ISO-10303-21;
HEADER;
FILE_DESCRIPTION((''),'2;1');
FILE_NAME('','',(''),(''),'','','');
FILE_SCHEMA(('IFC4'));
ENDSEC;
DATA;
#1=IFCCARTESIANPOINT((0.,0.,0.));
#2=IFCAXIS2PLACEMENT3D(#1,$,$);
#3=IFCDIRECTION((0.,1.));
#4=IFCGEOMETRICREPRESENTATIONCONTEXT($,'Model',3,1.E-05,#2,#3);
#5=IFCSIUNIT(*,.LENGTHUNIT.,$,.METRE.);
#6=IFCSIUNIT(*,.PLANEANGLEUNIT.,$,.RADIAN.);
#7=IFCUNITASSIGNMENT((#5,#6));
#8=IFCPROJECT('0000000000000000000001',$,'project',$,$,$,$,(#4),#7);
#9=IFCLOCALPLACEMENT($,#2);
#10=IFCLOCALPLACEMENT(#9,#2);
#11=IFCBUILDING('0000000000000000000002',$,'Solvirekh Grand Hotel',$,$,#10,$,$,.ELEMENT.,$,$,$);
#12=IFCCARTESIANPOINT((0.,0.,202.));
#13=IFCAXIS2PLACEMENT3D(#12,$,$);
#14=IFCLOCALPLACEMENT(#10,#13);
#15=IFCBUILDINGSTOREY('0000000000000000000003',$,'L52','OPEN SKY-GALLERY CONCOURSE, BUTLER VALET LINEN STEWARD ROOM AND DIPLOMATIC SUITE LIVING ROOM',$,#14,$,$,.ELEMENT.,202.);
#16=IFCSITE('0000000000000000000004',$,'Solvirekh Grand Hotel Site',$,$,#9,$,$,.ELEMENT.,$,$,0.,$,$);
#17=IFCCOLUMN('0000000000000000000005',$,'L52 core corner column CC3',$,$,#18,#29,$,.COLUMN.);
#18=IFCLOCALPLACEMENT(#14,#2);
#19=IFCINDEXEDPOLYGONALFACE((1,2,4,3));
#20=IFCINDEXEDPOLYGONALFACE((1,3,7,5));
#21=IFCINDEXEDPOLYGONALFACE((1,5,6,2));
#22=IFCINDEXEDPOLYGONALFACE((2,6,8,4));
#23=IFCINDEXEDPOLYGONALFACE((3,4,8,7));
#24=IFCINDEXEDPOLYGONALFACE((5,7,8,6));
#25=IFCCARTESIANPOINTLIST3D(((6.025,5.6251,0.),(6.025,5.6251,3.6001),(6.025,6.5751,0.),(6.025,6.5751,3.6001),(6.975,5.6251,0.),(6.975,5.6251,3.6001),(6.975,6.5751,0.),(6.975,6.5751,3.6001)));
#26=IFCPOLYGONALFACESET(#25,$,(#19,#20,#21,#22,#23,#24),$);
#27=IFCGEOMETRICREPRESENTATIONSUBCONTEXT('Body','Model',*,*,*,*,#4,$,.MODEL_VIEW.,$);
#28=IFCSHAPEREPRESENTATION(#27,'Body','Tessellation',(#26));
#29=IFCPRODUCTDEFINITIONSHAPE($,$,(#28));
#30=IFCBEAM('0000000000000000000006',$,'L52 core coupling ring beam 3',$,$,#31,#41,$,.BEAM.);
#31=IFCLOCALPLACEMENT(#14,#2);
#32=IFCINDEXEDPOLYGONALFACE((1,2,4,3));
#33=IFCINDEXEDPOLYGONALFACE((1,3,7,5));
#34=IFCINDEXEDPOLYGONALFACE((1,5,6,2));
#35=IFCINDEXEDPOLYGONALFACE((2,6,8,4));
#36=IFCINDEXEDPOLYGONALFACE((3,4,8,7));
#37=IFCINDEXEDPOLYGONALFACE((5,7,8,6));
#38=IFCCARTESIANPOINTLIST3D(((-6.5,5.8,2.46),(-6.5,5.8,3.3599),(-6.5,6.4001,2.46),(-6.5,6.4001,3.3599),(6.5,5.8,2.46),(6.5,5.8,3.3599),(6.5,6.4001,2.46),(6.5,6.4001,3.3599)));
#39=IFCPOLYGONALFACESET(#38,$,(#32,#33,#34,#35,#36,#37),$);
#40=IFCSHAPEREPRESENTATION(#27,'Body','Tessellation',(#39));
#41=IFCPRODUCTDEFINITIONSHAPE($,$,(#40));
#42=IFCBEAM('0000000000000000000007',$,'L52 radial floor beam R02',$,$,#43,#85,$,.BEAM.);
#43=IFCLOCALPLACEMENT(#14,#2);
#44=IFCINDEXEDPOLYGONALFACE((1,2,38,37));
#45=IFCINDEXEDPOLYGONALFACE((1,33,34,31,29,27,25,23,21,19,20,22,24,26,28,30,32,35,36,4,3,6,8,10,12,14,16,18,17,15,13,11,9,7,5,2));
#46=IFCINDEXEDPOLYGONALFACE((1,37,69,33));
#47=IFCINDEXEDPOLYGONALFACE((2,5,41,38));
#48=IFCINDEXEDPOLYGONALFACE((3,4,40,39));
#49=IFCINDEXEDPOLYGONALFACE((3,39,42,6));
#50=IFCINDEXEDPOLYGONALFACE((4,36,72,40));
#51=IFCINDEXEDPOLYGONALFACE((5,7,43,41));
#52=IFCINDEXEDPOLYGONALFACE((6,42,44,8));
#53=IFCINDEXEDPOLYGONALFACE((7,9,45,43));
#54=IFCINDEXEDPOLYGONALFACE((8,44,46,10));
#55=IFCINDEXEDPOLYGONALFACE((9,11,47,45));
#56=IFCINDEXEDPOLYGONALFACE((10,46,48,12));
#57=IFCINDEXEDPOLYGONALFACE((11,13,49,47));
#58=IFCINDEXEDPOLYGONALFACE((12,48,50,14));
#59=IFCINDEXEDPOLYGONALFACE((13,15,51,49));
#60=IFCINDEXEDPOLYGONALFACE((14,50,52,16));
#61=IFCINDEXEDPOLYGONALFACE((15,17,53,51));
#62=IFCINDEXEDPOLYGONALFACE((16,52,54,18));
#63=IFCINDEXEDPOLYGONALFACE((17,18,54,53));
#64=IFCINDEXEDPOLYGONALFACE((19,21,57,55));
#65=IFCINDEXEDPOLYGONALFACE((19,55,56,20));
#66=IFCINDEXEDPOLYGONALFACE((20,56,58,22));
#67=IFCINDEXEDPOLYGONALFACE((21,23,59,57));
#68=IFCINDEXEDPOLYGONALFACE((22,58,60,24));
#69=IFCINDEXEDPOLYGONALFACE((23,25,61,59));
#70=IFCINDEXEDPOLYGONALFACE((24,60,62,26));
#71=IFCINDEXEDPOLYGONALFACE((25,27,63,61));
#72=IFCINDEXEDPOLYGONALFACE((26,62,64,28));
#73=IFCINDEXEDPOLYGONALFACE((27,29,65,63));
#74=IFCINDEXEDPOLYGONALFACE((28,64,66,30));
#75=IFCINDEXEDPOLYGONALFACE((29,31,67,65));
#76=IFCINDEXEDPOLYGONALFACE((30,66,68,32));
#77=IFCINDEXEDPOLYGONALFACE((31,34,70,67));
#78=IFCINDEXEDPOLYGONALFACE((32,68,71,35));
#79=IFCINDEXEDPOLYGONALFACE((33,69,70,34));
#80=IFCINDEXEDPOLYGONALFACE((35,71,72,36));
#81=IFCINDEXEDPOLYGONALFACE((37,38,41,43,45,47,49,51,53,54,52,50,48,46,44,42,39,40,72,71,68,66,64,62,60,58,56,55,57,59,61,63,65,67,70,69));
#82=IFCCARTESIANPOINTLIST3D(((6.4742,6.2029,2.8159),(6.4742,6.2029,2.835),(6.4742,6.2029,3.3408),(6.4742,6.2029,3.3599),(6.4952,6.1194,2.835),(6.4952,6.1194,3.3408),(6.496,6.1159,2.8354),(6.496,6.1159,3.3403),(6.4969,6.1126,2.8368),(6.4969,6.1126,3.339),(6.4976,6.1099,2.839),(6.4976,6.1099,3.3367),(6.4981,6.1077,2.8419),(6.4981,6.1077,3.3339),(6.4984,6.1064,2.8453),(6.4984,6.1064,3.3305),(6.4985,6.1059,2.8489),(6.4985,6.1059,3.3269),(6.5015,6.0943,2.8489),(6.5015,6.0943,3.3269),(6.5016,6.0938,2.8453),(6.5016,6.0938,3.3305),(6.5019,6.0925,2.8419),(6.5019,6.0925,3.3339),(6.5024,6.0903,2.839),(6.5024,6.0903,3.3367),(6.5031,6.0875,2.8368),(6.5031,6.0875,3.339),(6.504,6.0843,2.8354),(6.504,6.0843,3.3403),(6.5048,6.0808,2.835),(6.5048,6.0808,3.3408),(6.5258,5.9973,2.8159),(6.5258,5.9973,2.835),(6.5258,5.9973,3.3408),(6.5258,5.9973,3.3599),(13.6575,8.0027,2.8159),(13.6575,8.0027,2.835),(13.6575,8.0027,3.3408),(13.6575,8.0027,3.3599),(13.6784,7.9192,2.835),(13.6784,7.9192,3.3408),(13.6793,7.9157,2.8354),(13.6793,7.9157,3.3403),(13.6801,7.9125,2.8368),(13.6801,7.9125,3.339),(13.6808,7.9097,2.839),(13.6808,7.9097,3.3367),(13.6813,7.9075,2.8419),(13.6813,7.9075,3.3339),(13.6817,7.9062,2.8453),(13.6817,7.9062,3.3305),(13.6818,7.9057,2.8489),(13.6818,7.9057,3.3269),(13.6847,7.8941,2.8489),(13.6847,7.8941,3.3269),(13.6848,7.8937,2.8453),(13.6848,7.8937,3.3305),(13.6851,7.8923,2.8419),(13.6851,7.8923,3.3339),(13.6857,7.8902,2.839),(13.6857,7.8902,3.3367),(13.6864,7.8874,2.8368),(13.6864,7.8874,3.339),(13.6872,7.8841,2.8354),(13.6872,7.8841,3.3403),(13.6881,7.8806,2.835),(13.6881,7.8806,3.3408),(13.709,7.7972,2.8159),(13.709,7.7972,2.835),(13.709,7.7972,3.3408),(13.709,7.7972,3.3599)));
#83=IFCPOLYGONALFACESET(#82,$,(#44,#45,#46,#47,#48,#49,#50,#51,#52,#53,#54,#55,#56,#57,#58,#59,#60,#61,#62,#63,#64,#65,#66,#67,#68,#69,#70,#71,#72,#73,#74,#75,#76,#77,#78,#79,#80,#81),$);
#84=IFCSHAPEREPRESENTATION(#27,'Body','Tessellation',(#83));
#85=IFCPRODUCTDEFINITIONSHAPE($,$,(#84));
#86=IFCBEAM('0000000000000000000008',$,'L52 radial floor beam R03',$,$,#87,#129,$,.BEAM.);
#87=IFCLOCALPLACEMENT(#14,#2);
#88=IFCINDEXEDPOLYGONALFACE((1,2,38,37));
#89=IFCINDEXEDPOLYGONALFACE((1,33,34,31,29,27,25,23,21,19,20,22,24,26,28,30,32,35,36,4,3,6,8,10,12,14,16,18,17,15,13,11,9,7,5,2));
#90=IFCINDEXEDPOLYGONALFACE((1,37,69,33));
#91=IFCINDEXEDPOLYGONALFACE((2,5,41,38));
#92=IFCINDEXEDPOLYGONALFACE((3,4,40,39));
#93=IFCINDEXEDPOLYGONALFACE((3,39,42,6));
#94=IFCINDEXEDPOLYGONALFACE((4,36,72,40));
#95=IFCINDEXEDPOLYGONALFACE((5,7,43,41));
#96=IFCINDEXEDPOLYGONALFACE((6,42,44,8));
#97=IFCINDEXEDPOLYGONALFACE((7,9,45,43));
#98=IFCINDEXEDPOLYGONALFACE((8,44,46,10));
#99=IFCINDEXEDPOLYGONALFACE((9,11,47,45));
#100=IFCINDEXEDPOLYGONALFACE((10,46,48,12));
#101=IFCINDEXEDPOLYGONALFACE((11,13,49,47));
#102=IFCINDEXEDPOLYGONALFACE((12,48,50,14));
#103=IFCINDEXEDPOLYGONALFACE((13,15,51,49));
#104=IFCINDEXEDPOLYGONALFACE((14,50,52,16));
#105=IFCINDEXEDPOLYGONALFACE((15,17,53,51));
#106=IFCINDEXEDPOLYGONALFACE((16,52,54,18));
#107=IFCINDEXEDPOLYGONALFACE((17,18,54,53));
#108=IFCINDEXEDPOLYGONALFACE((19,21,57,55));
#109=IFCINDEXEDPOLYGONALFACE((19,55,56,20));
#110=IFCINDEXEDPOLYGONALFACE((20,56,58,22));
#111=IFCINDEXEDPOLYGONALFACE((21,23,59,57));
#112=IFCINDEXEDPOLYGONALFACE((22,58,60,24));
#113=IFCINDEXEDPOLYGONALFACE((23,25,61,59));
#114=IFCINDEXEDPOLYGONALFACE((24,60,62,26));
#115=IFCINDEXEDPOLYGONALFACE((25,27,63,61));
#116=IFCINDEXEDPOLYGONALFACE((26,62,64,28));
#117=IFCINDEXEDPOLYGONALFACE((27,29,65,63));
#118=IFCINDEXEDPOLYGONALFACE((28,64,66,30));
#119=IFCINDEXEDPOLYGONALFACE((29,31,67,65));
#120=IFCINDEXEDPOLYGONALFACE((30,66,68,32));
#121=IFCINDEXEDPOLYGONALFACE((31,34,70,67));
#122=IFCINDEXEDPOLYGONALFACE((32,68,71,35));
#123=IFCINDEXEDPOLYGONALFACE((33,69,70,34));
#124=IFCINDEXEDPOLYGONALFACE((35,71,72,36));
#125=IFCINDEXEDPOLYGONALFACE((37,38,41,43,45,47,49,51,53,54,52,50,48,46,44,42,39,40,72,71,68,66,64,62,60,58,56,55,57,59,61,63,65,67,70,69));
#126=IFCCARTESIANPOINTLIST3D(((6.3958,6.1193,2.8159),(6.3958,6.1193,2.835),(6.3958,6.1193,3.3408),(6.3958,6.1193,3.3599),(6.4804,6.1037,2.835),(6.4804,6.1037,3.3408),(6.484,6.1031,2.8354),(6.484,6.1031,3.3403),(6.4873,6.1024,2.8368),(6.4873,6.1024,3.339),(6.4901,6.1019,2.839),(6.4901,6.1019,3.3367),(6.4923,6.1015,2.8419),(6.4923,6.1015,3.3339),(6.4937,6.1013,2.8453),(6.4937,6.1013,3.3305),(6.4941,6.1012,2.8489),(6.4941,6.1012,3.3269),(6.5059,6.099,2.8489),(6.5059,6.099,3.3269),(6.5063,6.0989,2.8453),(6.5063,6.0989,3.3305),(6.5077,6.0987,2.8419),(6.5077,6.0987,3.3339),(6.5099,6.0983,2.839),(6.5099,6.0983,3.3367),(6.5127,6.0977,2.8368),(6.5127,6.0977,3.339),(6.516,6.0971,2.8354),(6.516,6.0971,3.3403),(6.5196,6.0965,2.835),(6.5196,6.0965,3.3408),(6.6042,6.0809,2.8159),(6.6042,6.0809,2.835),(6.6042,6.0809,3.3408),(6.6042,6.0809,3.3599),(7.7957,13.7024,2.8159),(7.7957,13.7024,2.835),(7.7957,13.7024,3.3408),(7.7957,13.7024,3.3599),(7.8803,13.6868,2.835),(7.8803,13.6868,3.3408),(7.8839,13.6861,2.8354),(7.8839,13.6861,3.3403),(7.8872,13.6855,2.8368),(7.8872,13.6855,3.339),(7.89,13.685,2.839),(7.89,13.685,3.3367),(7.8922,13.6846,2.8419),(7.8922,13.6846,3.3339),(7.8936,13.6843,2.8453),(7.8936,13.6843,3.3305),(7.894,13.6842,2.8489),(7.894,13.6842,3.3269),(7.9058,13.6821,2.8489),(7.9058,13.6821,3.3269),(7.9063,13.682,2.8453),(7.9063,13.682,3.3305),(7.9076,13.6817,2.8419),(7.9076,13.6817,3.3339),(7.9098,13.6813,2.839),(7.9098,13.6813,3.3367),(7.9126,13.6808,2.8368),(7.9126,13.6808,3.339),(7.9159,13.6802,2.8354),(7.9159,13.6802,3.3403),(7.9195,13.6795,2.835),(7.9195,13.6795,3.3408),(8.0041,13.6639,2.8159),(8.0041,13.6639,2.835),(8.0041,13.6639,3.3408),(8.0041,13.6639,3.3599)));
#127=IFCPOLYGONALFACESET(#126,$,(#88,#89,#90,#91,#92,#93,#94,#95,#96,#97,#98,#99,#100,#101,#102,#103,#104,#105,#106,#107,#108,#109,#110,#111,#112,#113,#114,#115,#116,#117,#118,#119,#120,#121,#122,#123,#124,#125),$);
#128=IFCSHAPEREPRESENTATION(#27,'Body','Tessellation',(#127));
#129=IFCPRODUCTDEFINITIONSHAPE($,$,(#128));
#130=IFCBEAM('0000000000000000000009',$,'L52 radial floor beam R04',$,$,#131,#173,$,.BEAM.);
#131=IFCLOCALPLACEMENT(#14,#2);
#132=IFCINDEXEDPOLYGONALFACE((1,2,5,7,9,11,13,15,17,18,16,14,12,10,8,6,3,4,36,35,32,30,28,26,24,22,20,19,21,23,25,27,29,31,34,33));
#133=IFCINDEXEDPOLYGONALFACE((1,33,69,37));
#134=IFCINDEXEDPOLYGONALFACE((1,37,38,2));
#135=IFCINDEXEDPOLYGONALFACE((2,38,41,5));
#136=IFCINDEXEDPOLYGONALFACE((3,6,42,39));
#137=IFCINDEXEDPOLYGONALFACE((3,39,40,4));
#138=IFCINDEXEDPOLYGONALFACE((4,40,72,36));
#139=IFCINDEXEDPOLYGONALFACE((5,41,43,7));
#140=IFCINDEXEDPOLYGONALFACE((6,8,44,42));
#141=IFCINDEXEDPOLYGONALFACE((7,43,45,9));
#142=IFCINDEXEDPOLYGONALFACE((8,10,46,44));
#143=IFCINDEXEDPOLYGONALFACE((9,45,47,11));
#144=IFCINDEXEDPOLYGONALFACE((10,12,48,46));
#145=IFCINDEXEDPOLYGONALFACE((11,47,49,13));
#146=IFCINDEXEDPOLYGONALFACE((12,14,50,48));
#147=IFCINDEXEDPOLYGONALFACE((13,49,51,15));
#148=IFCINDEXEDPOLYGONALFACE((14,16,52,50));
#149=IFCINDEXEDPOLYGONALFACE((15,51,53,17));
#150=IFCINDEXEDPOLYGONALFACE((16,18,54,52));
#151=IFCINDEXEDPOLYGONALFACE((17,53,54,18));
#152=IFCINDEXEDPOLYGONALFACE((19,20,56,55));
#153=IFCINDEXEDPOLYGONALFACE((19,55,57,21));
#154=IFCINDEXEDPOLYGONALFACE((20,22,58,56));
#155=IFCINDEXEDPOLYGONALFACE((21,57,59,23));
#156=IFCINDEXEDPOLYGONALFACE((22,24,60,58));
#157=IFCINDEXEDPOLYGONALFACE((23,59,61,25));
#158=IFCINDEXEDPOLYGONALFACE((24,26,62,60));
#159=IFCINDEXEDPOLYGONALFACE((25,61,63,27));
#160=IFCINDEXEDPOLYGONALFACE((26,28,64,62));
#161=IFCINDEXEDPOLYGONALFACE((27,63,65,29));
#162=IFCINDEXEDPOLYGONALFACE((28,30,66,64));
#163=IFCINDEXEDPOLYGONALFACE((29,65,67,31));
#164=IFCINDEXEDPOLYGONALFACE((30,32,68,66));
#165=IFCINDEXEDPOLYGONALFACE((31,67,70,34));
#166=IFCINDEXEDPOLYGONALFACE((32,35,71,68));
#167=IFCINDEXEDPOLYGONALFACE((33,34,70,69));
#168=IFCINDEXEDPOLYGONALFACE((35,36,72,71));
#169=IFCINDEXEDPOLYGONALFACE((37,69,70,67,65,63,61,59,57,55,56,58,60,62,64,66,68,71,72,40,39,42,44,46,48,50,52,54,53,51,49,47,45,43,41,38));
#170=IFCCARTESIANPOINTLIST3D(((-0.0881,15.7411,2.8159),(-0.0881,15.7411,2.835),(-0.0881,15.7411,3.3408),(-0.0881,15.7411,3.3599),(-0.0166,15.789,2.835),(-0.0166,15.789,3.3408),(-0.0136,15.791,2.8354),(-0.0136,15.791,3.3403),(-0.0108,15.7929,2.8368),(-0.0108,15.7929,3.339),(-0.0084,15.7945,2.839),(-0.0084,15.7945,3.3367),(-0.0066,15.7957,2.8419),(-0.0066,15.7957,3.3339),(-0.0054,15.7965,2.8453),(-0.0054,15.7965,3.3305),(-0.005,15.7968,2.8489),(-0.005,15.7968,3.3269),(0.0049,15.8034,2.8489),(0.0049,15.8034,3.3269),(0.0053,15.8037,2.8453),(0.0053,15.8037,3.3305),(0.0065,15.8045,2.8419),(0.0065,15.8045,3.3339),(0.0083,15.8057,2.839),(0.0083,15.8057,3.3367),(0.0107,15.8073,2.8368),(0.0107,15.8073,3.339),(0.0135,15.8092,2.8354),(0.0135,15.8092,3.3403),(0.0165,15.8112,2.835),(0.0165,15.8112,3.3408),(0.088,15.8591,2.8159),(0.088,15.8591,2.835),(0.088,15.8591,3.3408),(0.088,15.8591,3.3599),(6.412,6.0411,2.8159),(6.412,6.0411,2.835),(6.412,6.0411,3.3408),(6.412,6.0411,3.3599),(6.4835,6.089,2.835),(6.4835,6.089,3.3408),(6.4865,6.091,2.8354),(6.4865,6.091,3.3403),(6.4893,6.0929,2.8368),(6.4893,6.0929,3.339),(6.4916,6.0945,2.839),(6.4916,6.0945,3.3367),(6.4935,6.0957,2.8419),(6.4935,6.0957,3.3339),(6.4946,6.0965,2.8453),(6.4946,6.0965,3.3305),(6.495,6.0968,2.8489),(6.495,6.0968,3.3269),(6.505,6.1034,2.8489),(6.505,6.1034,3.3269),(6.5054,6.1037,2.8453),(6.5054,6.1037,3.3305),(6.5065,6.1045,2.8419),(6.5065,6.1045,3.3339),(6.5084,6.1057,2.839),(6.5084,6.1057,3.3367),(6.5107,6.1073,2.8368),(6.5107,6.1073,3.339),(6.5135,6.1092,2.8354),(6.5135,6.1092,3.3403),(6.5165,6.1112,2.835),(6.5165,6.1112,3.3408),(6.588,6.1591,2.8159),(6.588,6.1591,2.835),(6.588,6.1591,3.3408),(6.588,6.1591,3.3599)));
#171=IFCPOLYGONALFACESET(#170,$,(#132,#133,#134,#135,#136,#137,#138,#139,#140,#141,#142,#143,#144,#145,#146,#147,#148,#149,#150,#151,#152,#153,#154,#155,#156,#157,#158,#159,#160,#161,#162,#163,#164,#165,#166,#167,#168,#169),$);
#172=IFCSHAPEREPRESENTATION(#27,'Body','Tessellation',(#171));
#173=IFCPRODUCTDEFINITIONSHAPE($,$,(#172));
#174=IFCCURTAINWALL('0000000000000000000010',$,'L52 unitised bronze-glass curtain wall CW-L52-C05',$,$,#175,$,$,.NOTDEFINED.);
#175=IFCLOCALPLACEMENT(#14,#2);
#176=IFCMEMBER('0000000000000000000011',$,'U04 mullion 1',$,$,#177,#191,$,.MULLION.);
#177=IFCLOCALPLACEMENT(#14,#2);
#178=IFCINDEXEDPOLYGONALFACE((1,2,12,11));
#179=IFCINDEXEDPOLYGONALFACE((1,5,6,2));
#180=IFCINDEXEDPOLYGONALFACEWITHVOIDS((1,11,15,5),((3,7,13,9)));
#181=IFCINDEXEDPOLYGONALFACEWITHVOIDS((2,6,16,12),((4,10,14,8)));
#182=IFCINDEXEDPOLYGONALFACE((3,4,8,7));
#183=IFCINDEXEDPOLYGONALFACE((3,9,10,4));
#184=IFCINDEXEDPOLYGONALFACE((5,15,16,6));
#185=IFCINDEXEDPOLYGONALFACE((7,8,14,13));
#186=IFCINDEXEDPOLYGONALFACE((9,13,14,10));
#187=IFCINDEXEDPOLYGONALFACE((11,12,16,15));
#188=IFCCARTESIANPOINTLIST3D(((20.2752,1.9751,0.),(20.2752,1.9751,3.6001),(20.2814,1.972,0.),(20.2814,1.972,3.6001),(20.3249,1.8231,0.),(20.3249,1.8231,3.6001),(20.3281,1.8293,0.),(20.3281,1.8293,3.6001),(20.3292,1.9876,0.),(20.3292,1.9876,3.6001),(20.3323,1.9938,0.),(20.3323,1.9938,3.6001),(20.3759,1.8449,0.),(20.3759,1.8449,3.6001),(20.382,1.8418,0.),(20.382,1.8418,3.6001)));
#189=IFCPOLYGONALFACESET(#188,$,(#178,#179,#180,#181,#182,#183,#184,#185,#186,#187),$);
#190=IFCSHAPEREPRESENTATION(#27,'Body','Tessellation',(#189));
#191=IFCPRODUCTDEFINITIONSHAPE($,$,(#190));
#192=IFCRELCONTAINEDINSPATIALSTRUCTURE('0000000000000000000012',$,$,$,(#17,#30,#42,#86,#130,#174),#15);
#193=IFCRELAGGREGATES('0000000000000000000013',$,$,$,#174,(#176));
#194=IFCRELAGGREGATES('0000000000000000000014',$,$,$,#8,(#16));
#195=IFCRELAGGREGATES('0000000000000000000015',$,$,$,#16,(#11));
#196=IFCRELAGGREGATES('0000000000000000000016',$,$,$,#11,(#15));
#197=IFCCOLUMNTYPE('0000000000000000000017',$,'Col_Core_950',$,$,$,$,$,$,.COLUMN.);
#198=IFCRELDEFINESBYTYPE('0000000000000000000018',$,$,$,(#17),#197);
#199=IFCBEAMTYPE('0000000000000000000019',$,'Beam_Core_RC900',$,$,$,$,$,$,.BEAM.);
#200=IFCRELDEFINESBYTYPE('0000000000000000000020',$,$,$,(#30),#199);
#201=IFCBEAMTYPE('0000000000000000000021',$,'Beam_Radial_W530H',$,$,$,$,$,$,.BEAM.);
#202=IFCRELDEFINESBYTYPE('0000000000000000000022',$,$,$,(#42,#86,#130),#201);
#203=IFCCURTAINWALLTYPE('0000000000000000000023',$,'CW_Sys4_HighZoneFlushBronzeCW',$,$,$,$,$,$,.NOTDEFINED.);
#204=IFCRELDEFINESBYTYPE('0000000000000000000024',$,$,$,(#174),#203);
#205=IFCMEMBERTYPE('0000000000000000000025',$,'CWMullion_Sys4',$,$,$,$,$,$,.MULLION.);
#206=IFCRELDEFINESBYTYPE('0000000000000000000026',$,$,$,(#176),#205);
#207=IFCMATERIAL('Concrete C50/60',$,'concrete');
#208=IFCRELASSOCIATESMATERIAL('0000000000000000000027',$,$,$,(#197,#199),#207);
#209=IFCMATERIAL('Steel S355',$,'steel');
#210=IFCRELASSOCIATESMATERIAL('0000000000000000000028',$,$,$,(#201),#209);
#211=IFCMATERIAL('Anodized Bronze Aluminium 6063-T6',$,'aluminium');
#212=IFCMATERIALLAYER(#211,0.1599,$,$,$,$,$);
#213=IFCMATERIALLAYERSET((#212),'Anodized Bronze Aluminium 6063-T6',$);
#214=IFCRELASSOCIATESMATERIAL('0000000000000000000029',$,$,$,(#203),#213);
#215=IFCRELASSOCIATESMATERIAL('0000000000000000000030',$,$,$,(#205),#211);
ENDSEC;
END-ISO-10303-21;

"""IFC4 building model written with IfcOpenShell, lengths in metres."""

from ifc_helpers import new_model, si_unit, direction, frame, origin, origin_2d, place, context, subcontext, project, spatial, rectangle, hollow_rectangle, i_section, extrude, source, transform, mapped, material, layer, layer_set, material_profile, profile_set, type_object, element, aggregate, save


model = new_model("IFC4")

# Units and contexts
model_context = context("Model", 3, precision=1e-05, world=origin(), true_north=direction((0.0, 1.0)))
body_context = subcontext(model_context, "Body", "Model", "MODEL_VIEW")
ifc_project = project(units=[si_unit("LENGTHUNIT", "METRE"), si_unit("PLANEANGLEUNIT", "RADIAN")], contexts=[model_context])

# Site, building, storey
site_placement = place(None, origin())
site = spatial("IfcSite", under=ifc_project, at=site_placement, Name="Solvirekh Grand Hotel Site", CompositionType="ELEMENT", RefElevation=0.0)
building_placement = place(site_placement, origin())
building = spatial("IfcBuilding", under=site, at=building_placement, Name="Solvirekh Grand Hotel", CompositionType="ELEMENT")
storey_placement = place(building_placement, frame((0.0, 0.0, 202.0)))
storey = spatial("IfcBuildingStorey", under=building, at=storey_placement, Name="L52", Description="OPEN SKY-GALLERY CONCOURSE, BUTLER VALET LINEN STEWARD ROOM AND DIPLOMATIC SUITE LIVING ROOM", CompositionType="ELEMENT", Elevation=202.0)

# Column
ifc_material_1 = material(Name="Concrete C50/60", Category="concrete")
ifc_material_profile_1 = material_profile(ifc_material_1, rectangle(XDim=0.95, YDim=0.95, at=origin_2d()), Name="RC 950X950")
ifc_profile_set_1 = profile_set([ifc_material_profile_1], Name="Concrete C50/60")
column_type = type_object("IfcColumnType", Name="Col_Core_950", PredefinedType="COLUMN", material=ifc_profile_set_1)
column_placement = place(storey_placement, frame((6.5, 6.1001, 0.0), z_axis=(0.0, 0.0, 1.0), x_axis=(1.0, 0.0, 0.0)))
element("IfcColumn", 1, at=column_placement, inside=storey, type_object=column_type, Name="L52 core corner column CC3", PredefinedType="COLUMN", context=body_context, shape_type="SweptSolid", body=[
    extrude(rectangle(XDim=0.95, YDim=0.95, at=origin_2d()), origin(), (0.0, 0.0, 1.0), 3.6001),
])

# Beams
ifc_material_profile_2 = material_profile(ifc_material_1, rectangle(XDim=0.6001, YDim=0.8999, at=origin_2d()), Name="RC BEAM 600X900")
ifc_profile_set_2 = profile_set([ifc_material_profile_2], Name="Concrete C50/60")
beam_type_1 = type_object("IfcBeamType", Name="Beam_Core_RC900", PredefinedType="BEAM", material=ifc_profile_set_2)
beam_1_placement = place(storey_placement, frame((6.5, 6.1001, 2.9099), z_axis=(-1.0, 0.0, 0.0), x_axis=(0.0, -1.0, 0.0)))
element("IfcBeam", 2, at=beam_1_placement, inside=storey, type_object=beam_type_1, Name="L52 core coupling ring beam 3", PredefinedType="BEAM", context=body_context, shape_type="SweptSolid", body=[
    extrude(rectangle(XDim=0.6001, YDim=0.8999, at=origin_2d()), origin(), (0.0, 0.0, 1.0), 13.0),
])
ifc_material_2 = material(Name="Steel S355", Category="steel")
ifc_material_profile_3 = material_profile(ifc_material_2, i_section(OverallWidth=0.2119, OverallDepth=0.5439, WebThickness=0.012, FlangeThickness=0.019, FilletRadius=0.0139, at=origin_2d()), Name="W530X123")
ifc_profile_set_3 = profile_set([ifc_material_profile_3], Name="Steel S355")
beam_type_2 = type_object("IfcBeamType", Name="Beam_Radial_W530H", PredefinedType="BEAM", material=ifc_profile_set_3)
beam_2_placement = place(storey_placement, frame((6.5, 6.1001, 3.0879), z_axis=(0.970014, 0.243048, 0.0), x_axis=(-0.243048, 0.970014, 0.0)))
element("IfcBeam", 3, at=beam_2_placement, inside=storey, type_object=beam_type_2, Name="L52 radial floor beam R02", PredefinedType="BEAM", context=body_context, shape_type="SweptSolid", body=[
    extrude(i_section(OverallWidth=0.2119, OverallDepth=0.5439, WebThickness=0.012, FlangeThickness=0.019, FilletRadius=0.0139, at=origin_2d()), origin(), (0.0, 0.0, 1.0), 7.4053),
])
beam_3_placement = place(storey_placement, frame((6.5, 6.1001, 3.0879), z_axis=(0.181543, 0.983383, 0.0), x_axis=(-0.983383, 0.181543, 0.0)))
element("IfcBeam", 4, at=beam_3_placement, inside=storey, type_object=beam_type_2, Name="L52 radial floor beam R03", PredefinedType="BEAM", context=body_context, shape_type="SweptSolid", body=[
    extrude(i_section(OverallWidth=0.2119, OverallDepth=0.5439, WebThickness=0.012, FlangeThickness=0.019, FilletRadius=0.0139, at=origin_2d()), origin(), (0.0, 0.0, 1.0), 7.7112),
])
beam_4_placement = place(storey_placement, frame((6.5, 6.1001, 3.0879), z_axis=(-0.556677, 0.830729, 0.0), x_axis=(-0.830729, -0.556677, 0.0)))
element("IfcBeam", 5, at=beam_4_placement, inside=storey, type_object=beam_type_2, Name="L52 radial floor beam R04", PredefinedType="BEAM", context=body_context, shape_type="SweptSolid", body=[
    extrude(i_section(OverallWidth=0.2119, OverallDepth=0.5439, WebThickness=0.012, FlangeThickness=0.019, FilletRadius=0.0139, at=origin_2d()), origin(), (0.0, 0.0, 1.0), 11.6765),
])

# Curtain wall, member
ifc_material_3 = material(Name="Anodized Bronze Aluminium 6063-T6", Category="aluminium")
ifc_layer_1 = layer(ifc_material_3, 0.1599)
ifc_layer_set_1 = layer_set([ifc_layer_1], Name="Anodized Bronze Aluminium 6063-T6")
curtain_wall_type = type_object("IfcCurtainWallType", Name="CW_Sys4_HighZoneFlushBronzeCW", PredefinedType="NOTDEFINED", material=ifc_layer_set_1)
curtain_wall_placement = place(storey_placement, origin())
curtain_wall = element("IfcCurtainWall", 6, at=curtain_wall_placement, inside=storey, type_object=curtain_wall_type, Name="L52 unitised bronze-glass curtain wall CW-L52-C05", PredefinedType="NOTDEFINED")
ifc_material_profile_4 = material_profile(ifc_material_3, hollow_rectangle(XDim=0.0601, YDim=0.1599, WallThickness=0.0049, at=origin_2d()), Name="ALU RHS 160X60X5")
ifc_profile_set_4 = profile_set([ifc_material_profile_4], Name="Anodized Bronze Aluminium 6063-T6")
member_type_1 = type_object("IfcMemberType", Name="CWMullion_Sys4", PredefinedType="MULLION", material=ifc_profile_set_4)
shared_shape_1 = source(origin(), body_context, "Body", "SweptSolid", [
    extrude(hollow_rectangle(XDim=0.0601, YDim=0.1599, WallThickness=0.0049, at=origin_2d()), origin(), (0.0, 0.0, 1.0), 3.6001),
])
member_1_placement = place(storey_placement, frame((20.3286, 1.9084, 0.0), z_axis=(0.0, 0.0, 1.0), x_axis=(-0.950379, -0.311095, 0.0)))
member_1 = element("IfcMember", 7, at=member_1_placement, type_object=member_type_1, Name="U04 mullion 1", PredefinedType="MULLION", context=body_context, shape_type="MappedRepresentation", body=[
    mapped(shared_shape_1, transform((0.0, 0.0, 0.0), x_axis=(1.0, 0.0, 0.0), y_axis=(0.0, 1.0, 0.0), z_axis=(0.0, 0.0, 1.0), scale=1.0)),
])
aggregate(curtain_wall, [member_1])

save(model, "model.ifc")
